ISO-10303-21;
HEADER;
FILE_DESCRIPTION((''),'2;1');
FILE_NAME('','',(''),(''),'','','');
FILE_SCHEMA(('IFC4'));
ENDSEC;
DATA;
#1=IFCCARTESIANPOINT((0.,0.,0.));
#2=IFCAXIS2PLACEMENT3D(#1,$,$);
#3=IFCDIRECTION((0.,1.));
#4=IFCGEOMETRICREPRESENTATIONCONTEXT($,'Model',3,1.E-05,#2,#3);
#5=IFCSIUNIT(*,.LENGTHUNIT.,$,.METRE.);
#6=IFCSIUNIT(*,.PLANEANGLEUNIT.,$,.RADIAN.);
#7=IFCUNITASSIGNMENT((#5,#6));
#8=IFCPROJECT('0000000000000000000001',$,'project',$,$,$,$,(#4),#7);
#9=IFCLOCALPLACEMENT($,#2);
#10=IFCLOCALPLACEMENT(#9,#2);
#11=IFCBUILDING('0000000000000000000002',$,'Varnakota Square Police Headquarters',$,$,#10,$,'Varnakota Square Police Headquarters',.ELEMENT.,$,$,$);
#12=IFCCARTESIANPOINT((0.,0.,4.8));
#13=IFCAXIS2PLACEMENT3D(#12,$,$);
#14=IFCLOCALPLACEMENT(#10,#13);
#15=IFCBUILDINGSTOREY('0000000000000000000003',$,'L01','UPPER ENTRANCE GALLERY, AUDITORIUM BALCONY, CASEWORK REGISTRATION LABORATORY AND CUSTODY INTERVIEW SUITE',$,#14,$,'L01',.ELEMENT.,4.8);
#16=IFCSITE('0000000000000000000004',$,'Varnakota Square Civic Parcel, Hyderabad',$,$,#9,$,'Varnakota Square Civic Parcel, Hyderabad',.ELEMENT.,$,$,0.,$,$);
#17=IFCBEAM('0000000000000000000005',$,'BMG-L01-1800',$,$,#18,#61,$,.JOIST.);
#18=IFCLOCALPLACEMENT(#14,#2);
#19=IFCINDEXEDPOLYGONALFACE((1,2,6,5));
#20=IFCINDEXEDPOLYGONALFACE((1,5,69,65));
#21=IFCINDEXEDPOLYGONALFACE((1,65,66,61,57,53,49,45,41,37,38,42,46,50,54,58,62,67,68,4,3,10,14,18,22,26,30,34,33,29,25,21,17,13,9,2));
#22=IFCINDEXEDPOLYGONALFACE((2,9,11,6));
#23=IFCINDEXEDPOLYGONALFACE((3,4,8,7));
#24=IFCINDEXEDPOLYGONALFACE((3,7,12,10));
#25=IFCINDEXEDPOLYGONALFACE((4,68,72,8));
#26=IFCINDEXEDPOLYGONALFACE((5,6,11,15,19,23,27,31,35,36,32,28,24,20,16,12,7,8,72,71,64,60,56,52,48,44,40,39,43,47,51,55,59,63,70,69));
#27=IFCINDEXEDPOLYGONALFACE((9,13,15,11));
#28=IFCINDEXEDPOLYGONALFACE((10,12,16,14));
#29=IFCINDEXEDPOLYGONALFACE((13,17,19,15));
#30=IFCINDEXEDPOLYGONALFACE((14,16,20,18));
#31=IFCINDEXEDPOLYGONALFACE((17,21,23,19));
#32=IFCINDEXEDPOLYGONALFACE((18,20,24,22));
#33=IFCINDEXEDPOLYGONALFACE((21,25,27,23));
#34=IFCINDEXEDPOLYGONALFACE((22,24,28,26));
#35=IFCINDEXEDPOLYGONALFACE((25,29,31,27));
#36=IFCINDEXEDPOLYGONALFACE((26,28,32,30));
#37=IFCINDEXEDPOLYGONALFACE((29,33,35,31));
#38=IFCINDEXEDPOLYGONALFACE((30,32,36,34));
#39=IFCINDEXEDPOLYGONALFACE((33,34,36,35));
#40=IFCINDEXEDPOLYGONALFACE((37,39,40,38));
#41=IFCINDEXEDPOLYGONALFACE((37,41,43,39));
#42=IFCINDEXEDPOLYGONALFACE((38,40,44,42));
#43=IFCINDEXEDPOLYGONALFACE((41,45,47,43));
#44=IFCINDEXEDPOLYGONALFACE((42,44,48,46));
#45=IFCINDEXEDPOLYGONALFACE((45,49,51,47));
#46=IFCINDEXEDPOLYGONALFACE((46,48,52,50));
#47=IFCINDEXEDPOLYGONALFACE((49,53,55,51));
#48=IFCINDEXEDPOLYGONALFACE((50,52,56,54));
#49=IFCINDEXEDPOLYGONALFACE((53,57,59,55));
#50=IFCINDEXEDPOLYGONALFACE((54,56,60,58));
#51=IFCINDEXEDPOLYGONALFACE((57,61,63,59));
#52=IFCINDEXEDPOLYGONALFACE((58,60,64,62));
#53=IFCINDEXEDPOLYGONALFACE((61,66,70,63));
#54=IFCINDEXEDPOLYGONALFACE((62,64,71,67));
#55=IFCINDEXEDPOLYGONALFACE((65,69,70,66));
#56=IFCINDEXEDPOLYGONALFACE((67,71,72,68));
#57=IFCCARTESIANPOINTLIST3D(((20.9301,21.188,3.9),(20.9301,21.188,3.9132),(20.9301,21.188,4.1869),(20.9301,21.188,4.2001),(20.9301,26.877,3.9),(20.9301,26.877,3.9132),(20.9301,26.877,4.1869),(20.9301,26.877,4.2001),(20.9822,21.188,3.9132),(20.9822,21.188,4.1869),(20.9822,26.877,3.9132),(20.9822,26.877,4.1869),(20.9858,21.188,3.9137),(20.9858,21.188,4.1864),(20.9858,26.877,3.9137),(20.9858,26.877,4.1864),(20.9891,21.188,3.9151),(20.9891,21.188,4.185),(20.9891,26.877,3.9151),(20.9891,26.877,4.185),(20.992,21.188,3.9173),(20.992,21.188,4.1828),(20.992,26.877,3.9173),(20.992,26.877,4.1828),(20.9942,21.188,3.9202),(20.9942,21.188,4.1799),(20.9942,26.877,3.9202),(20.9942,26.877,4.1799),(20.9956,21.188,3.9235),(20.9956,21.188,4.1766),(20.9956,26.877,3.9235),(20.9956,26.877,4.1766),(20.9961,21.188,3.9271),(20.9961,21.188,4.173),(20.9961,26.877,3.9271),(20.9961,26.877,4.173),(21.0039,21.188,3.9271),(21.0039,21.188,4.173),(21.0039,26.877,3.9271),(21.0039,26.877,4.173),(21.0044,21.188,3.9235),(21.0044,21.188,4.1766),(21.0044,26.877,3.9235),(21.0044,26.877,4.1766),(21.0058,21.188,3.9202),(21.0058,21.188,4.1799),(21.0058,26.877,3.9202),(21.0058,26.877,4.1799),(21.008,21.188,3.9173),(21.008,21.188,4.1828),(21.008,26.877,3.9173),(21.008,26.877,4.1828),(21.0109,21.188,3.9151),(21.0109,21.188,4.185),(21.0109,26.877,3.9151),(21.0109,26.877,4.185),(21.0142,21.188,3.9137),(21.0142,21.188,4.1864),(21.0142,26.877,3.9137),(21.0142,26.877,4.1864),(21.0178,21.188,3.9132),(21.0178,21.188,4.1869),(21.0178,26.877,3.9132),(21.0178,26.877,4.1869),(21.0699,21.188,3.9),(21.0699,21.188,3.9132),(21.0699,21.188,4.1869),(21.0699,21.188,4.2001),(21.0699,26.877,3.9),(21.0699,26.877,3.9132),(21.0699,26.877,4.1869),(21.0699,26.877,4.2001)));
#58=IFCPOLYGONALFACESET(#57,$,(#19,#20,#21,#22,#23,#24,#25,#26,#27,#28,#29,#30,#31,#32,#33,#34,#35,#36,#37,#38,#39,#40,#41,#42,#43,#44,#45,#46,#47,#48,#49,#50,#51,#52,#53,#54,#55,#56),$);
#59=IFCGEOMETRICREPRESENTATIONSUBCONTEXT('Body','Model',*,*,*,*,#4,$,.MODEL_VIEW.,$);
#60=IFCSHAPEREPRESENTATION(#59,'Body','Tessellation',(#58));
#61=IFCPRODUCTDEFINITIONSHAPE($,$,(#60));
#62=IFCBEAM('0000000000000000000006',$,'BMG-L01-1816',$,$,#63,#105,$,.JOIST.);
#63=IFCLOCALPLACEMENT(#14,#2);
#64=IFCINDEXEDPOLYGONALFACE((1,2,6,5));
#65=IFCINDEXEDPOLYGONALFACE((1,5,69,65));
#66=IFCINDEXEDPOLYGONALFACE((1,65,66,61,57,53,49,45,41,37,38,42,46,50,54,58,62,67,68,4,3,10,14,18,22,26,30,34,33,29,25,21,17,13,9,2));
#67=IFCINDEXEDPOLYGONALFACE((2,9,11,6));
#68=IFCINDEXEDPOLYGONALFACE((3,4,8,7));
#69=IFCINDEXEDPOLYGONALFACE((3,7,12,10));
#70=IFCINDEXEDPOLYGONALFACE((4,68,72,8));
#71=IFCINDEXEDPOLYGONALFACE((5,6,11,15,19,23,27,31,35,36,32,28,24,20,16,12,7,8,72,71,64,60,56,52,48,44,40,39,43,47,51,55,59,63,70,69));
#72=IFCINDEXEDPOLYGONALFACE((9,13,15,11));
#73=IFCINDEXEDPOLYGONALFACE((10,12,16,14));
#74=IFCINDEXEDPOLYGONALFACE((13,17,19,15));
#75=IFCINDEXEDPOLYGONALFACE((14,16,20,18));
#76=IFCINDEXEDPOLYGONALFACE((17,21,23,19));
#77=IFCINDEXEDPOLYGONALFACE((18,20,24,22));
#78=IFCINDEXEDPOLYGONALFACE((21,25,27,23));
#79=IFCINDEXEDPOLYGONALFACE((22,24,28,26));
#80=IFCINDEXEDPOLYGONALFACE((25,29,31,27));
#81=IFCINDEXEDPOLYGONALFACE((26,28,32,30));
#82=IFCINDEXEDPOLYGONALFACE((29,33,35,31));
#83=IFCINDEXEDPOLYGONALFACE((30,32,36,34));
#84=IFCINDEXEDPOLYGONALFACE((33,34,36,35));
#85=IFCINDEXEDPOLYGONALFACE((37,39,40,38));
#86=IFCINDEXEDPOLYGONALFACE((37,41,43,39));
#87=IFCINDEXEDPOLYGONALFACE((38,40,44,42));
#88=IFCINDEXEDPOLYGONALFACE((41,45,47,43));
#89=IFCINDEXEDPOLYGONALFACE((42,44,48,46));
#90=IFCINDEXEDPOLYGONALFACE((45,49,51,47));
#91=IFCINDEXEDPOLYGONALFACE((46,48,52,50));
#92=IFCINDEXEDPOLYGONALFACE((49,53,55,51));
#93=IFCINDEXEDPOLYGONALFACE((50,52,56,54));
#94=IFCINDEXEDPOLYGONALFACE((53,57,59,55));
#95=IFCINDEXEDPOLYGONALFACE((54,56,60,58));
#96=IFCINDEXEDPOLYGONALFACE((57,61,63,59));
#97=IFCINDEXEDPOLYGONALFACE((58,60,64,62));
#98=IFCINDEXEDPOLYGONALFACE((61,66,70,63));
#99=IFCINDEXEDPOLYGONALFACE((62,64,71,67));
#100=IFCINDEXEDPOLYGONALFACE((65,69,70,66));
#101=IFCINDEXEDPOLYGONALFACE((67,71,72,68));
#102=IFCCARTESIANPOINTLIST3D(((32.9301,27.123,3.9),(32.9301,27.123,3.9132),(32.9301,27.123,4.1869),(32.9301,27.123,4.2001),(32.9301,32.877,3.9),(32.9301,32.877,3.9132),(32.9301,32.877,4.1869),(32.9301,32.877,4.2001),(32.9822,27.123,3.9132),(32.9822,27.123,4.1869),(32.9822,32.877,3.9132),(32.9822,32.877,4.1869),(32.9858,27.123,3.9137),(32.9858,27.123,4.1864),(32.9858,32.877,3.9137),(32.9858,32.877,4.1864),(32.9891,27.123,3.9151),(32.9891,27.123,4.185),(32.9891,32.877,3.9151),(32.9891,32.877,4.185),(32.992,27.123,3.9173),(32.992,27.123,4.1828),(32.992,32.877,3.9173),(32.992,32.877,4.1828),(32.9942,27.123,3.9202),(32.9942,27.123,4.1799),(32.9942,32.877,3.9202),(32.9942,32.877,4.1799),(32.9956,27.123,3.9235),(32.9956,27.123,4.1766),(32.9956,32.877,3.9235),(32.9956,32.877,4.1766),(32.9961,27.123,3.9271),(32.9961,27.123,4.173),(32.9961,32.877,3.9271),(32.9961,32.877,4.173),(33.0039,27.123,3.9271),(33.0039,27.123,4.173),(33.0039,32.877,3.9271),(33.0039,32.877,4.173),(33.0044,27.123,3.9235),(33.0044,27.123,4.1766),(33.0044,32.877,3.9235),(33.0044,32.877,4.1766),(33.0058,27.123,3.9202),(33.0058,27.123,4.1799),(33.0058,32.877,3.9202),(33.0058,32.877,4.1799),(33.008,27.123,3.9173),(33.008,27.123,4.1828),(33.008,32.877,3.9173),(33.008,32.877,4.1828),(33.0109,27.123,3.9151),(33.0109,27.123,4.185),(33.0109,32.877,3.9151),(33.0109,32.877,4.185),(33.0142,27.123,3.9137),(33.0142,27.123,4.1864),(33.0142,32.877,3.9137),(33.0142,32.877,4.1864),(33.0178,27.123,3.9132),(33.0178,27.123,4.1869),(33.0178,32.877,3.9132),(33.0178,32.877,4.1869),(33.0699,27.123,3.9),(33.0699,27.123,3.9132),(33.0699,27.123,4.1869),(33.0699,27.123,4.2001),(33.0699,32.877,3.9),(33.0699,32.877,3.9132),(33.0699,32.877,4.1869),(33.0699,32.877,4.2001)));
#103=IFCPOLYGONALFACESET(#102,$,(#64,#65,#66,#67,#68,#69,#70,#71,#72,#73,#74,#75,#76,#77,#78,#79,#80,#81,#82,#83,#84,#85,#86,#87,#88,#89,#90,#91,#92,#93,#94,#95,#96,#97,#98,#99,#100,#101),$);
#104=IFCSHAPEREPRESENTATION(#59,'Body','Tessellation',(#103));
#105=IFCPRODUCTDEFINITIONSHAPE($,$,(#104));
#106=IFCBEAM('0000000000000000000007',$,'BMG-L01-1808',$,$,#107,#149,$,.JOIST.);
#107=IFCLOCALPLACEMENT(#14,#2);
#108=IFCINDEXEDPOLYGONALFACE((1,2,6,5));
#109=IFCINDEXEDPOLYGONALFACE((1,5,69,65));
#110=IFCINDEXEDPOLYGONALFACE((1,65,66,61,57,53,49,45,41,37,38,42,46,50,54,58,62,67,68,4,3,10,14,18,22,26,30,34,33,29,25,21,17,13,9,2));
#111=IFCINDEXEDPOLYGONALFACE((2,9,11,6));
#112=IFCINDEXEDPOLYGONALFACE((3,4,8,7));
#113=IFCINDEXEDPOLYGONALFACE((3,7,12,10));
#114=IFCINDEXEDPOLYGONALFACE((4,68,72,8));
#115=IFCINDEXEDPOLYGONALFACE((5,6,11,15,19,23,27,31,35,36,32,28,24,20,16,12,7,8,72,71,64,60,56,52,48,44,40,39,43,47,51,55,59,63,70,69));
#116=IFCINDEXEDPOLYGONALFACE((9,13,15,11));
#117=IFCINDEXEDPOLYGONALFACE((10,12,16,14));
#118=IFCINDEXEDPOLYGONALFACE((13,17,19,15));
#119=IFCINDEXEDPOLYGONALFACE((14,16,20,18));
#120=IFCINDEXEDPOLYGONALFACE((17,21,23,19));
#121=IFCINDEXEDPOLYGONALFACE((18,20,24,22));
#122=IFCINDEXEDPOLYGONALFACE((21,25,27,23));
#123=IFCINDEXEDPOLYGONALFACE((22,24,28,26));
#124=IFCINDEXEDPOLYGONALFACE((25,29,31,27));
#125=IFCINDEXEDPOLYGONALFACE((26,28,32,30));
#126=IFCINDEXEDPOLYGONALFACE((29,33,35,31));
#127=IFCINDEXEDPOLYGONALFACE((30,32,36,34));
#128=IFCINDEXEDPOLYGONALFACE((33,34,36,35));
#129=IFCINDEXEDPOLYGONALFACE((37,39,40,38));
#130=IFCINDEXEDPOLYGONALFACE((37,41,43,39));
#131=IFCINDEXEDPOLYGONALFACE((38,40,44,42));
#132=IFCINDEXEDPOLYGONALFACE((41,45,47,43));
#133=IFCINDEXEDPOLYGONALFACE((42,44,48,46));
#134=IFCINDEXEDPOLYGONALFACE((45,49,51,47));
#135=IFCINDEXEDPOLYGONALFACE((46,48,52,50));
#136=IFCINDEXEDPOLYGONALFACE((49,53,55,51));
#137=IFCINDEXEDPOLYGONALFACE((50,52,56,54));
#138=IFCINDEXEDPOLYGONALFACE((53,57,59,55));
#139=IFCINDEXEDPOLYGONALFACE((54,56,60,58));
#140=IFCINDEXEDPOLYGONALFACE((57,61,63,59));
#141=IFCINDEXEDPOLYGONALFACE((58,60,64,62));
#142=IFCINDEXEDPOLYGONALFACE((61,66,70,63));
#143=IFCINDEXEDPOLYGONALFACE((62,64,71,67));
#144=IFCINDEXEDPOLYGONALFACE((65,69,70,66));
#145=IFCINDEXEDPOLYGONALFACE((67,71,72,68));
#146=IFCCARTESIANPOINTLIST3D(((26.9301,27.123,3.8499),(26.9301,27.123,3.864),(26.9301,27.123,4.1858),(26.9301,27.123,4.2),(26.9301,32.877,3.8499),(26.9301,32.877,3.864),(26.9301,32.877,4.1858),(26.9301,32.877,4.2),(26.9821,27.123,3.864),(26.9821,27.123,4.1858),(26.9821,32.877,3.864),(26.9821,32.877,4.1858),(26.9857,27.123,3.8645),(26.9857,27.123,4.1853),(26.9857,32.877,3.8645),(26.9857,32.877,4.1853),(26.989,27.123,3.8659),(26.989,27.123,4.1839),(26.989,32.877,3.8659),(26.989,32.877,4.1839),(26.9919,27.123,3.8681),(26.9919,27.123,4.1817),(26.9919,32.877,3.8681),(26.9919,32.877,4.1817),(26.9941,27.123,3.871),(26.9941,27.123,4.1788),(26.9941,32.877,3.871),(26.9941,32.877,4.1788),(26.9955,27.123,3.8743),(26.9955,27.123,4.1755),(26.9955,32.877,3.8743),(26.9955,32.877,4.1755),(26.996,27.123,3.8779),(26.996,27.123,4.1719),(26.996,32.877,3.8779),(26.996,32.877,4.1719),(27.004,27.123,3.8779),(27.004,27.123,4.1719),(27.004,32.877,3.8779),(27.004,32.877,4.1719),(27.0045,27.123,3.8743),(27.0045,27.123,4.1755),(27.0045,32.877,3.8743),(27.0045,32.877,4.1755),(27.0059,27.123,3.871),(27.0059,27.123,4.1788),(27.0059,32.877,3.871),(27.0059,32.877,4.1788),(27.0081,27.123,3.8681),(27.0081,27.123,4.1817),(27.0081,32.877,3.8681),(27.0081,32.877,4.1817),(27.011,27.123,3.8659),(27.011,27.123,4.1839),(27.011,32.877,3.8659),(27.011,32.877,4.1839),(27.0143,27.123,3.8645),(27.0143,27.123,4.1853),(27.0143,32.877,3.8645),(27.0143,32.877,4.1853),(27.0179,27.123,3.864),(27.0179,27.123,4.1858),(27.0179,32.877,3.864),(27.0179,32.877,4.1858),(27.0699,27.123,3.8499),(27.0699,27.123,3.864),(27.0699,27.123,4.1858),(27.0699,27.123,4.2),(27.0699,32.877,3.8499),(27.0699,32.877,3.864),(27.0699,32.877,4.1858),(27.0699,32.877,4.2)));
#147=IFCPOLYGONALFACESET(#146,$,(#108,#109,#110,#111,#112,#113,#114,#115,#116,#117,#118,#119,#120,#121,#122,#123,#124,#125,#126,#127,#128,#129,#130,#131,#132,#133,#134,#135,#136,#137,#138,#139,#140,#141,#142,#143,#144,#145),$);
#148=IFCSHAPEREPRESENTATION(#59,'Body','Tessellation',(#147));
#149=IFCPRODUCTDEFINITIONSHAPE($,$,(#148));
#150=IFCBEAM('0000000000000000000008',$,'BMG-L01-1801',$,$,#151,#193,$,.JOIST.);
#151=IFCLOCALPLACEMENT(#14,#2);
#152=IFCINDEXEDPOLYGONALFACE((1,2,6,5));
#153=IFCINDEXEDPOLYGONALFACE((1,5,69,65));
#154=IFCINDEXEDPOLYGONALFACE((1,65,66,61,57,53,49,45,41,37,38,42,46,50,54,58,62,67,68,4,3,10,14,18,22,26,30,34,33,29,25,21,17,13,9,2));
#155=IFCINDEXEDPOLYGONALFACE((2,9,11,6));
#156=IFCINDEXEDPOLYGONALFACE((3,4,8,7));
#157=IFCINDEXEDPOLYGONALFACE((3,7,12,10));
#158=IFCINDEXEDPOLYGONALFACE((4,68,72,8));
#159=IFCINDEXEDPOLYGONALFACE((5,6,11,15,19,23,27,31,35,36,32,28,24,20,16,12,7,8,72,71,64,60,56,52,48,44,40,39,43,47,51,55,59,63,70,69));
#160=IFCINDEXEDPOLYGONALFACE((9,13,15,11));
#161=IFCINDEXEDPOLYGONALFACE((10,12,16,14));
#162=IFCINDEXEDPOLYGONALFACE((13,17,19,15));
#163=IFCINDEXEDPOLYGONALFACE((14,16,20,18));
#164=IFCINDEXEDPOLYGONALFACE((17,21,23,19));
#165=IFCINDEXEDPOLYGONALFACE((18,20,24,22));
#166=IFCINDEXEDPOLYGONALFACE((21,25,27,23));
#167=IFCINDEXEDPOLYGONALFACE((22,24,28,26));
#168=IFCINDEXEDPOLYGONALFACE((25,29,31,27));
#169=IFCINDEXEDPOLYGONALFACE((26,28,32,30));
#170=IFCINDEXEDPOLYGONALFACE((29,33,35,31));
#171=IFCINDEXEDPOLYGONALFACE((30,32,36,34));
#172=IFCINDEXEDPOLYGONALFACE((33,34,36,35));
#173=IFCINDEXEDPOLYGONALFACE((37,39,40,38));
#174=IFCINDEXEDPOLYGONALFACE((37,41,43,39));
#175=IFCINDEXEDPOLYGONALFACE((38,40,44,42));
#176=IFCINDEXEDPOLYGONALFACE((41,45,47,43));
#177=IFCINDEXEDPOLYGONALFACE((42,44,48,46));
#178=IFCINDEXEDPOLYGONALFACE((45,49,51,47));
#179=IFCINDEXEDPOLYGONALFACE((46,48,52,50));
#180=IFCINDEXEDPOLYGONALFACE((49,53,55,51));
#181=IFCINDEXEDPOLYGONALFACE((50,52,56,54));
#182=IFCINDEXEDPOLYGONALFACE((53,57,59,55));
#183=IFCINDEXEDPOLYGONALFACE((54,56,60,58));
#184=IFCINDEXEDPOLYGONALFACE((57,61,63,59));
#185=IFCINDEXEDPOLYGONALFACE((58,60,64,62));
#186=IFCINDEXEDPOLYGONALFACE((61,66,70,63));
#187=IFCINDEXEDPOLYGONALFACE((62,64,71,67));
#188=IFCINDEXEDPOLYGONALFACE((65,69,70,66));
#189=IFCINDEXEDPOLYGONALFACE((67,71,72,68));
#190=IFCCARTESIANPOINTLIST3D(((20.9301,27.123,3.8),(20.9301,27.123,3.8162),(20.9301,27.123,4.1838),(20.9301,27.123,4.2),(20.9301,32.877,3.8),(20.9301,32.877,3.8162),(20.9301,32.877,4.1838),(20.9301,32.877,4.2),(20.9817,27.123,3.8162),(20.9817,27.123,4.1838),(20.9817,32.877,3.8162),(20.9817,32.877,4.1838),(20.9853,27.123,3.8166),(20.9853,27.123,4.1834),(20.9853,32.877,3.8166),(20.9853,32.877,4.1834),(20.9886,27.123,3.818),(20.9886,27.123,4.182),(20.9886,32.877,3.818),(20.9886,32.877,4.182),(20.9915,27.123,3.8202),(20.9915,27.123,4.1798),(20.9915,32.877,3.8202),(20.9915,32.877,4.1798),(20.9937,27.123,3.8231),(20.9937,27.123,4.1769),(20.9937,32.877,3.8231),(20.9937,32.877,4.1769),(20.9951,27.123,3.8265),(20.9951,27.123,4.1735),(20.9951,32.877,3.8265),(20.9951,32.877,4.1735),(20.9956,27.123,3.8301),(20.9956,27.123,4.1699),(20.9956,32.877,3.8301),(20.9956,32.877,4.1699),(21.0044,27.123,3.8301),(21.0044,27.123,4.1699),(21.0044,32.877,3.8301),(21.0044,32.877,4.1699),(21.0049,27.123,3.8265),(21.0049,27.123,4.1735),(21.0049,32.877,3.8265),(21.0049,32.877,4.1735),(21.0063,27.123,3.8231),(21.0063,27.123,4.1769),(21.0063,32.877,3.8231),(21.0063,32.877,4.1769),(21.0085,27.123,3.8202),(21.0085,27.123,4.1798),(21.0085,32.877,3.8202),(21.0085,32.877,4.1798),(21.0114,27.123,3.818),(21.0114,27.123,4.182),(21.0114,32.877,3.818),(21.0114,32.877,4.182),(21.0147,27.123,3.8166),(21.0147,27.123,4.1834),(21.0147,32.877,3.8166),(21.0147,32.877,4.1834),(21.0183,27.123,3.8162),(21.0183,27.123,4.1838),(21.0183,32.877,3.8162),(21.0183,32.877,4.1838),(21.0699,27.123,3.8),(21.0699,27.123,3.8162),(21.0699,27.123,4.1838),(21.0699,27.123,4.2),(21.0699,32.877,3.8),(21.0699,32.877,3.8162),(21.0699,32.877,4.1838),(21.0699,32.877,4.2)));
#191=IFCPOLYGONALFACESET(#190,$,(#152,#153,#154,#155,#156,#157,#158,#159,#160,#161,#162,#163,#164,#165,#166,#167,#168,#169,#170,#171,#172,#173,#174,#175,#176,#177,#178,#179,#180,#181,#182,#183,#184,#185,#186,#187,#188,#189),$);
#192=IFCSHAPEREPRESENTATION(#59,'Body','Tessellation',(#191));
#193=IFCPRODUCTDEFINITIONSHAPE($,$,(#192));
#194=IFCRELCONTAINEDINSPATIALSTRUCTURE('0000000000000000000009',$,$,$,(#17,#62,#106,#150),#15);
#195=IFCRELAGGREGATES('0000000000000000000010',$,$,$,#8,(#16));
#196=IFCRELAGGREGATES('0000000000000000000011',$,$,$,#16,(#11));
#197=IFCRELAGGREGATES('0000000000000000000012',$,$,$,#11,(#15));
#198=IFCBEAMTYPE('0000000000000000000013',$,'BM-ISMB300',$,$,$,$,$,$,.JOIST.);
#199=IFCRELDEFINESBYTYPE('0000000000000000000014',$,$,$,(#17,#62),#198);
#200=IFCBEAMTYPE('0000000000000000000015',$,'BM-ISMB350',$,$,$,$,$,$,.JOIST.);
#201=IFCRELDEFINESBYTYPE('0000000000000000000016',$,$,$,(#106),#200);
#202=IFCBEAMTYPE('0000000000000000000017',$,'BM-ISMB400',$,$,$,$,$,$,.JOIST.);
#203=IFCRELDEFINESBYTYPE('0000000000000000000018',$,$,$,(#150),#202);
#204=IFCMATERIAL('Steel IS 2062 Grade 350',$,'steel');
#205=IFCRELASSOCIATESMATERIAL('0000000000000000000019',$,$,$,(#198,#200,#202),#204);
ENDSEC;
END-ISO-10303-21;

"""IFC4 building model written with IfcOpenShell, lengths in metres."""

from ifc_helpers import new_model, si_unit, direction, frame, origin, origin_2d, place, context, subcontext, project, spatial, i_section, extrude, material, material_profile, profile_set, type_object, element, save


model = new_model("IFC4")

# Units and contexts
model_context = context("Model", 3, precision=1e-05, world=origin(), true_north=direction((0.0, 1.0)))
body_context = subcontext(model_context, "Body", "Model", "MODEL_VIEW")
ifc_project = project(units=[si_unit("LENGTHUNIT", "METRE"), si_unit("PLANEANGLEUNIT", "RADIAN")], contexts=[model_context])

# Site, building, storey
site_placement = place(None, origin())
site = spatial("IfcSite", under=ifc_project, at=site_placement, Name="Varnakota Square Civic Parcel, Hyderabad", LongName="Varnakota Square Civic Parcel, Hyderabad", CompositionType="ELEMENT", RefElevation=0.0)
building_placement = place(site_placement, origin())
building = spatial("IfcBuilding", under=site, at=building_placement, Name="Varnakota Square Police Headquarters", LongName="Varnakota Square Police Headquarters", CompositionType="ELEMENT")
storey_placement = place(building_placement, frame((0.0, 0.0, 4.8)))
storey = spatial("IfcBuildingStorey", under=building, at=storey_placement, Name="L01", Description="UPPER ENTRANCE GALLERY, AUDITORIUM BALCONY, CASEWORK REGISTRATION LABORATORY AND CUSTODY INTERVIEW SUITE", LongName="L01", CompositionType="ELEMENT", Elevation=4.8)

# Shared definitions
ifc_material_1 = material(Name="Steel IS 2062 Grade 350", Category="steel")

# Beams
ifc_material_profile_1 = material_profile(ifc_material_1, i_section(OverallWidth=0.1399, OverallDepth=0.3, WebThickness=0.0078, FlangeThickness=0.0132, FilletRadius=0.0139, at=origin_2d()), Name="ISMB 300")
ifc_profile_set_1 = profile_set([ifc_material_profile_1], Name="Steel IS 2062 Grade 350")
beam_type_1 = type_object("IfcBeamType", Name="BM-ISMB300", PredefinedType="JOIST", material=ifc_profile_set_1)
beam_1_placement = place(storey_placement, frame((21.0, 21.188, 4.05), z_axis=(0.0, 1.0, 0.0), x_axis=(-1.0, 0.0, 0.0)))
element("IfcBeam", 1, at=beam_1_placement, inside=storey, type_object=beam_type_1, Name="BMG-L01-1800", PredefinedType="JOIST", context=body_context, shape_type="SweptSolid", body=[
    extrude(i_section(OverallWidth=0.1399, OverallDepth=0.3, WebThickness=0.0078, FlangeThickness=0.0132, FilletRadius=0.0139, at=origin_2d()), origin(), (0.0, 0.0, 1.0), 5.689),
])
beam_2_placement = place(storey_placement, frame((33.0, 27.123, 4.05), z_axis=(0.0, 1.0, 0.0), x_axis=(-1.0, 0.0, 0.0)))
element("IfcBeam", 2, at=beam_2_placement, inside=storey, type_object=beam_type_1, Name="BMG-L01-1816", PredefinedType="JOIST", context=body_context, shape_type="SweptSolid", body=[
    extrude(i_section(OverallWidth=0.1399, OverallDepth=0.3, WebThickness=0.0078, FlangeThickness=0.0132, FilletRadius=0.0139, at=origin_2d()), origin(), (0.0, 0.0, 1.0), 5.7539),
])
ifc_material_profile_2 = material_profile(ifc_material_1, i_section(OverallWidth=0.1399, OverallDepth=0.3501, WebThickness=0.0081, FlangeThickness=0.0142, FilletRadius=0.0139, at=origin_2d()), Name="ISMB 350")
ifc_profile_set_2 = profile_set([ifc_material_profile_2], Name="Steel IS 2062 Grade 350")
beam_type_2 = type_object("IfcBeamType", Name="BM-ISMB350", PredefinedType="JOIST", material=ifc_profile_set_2)
beam_3_placement = place(storey_placement, frame((27.0, 27.123, 4.0249), z_axis=(0.0, 1.0, 0.0), x_axis=(-1.0, 0.0, 0.0)))
element("IfcBeam", 3, at=beam_3_placement, inside=storey, type_object=beam_type_2, Name="BMG-L01-1808", PredefinedType="JOIST", context=body_context, shape_type="SweptSolid", body=[
    extrude(i_section(OverallWidth=0.1399, OverallDepth=0.3501, WebThickness=0.0081, FlangeThickness=0.0142, FilletRadius=0.0139, at=origin_2d()), origin(), (0.0, 0.0, 1.0), 5.7539),
])
ifc_material_profile_3 = material_profile(ifc_material_1, i_section(OverallWidth=0.1399, OverallDepth=0.3999, WebThickness=0.0088, FlangeThickness=0.0161, FilletRadius=0.0139, at=origin_2d()), Name="ISMB 400")
ifc_profile_set_3 = profile_set([ifc_material_profile_3], Name="Steel IS 2062 Grade 350")
beam_type_3 = type_object("IfcBeamType", Name="BM-ISMB400", PredefinedType="JOIST", material=ifc_profile_set_3)
beam_4_placement = place(storey_placement, frame((21.0, 27.123, 4.0), z_axis=(0.0, 1.0, 0.0), x_axis=(-1.0, 0.0, 0.0)))
element("IfcBeam", 4, at=beam_4_placement, inside=storey, type_object=beam_type_3, Name="BMG-L01-1801", PredefinedType="JOIST", context=body_context, shape_type="SweptSolid", body=[
    extrude(i_section(OverallWidth=0.1399, OverallDepth=0.3999, WebThickness=0.0088, FlangeThickness=0.0161, FilletRadius=0.0139, at=origin_2d()), origin(), (0.0, 0.0, 1.0), 5.7539),
])

save(model, "model.ifc")
